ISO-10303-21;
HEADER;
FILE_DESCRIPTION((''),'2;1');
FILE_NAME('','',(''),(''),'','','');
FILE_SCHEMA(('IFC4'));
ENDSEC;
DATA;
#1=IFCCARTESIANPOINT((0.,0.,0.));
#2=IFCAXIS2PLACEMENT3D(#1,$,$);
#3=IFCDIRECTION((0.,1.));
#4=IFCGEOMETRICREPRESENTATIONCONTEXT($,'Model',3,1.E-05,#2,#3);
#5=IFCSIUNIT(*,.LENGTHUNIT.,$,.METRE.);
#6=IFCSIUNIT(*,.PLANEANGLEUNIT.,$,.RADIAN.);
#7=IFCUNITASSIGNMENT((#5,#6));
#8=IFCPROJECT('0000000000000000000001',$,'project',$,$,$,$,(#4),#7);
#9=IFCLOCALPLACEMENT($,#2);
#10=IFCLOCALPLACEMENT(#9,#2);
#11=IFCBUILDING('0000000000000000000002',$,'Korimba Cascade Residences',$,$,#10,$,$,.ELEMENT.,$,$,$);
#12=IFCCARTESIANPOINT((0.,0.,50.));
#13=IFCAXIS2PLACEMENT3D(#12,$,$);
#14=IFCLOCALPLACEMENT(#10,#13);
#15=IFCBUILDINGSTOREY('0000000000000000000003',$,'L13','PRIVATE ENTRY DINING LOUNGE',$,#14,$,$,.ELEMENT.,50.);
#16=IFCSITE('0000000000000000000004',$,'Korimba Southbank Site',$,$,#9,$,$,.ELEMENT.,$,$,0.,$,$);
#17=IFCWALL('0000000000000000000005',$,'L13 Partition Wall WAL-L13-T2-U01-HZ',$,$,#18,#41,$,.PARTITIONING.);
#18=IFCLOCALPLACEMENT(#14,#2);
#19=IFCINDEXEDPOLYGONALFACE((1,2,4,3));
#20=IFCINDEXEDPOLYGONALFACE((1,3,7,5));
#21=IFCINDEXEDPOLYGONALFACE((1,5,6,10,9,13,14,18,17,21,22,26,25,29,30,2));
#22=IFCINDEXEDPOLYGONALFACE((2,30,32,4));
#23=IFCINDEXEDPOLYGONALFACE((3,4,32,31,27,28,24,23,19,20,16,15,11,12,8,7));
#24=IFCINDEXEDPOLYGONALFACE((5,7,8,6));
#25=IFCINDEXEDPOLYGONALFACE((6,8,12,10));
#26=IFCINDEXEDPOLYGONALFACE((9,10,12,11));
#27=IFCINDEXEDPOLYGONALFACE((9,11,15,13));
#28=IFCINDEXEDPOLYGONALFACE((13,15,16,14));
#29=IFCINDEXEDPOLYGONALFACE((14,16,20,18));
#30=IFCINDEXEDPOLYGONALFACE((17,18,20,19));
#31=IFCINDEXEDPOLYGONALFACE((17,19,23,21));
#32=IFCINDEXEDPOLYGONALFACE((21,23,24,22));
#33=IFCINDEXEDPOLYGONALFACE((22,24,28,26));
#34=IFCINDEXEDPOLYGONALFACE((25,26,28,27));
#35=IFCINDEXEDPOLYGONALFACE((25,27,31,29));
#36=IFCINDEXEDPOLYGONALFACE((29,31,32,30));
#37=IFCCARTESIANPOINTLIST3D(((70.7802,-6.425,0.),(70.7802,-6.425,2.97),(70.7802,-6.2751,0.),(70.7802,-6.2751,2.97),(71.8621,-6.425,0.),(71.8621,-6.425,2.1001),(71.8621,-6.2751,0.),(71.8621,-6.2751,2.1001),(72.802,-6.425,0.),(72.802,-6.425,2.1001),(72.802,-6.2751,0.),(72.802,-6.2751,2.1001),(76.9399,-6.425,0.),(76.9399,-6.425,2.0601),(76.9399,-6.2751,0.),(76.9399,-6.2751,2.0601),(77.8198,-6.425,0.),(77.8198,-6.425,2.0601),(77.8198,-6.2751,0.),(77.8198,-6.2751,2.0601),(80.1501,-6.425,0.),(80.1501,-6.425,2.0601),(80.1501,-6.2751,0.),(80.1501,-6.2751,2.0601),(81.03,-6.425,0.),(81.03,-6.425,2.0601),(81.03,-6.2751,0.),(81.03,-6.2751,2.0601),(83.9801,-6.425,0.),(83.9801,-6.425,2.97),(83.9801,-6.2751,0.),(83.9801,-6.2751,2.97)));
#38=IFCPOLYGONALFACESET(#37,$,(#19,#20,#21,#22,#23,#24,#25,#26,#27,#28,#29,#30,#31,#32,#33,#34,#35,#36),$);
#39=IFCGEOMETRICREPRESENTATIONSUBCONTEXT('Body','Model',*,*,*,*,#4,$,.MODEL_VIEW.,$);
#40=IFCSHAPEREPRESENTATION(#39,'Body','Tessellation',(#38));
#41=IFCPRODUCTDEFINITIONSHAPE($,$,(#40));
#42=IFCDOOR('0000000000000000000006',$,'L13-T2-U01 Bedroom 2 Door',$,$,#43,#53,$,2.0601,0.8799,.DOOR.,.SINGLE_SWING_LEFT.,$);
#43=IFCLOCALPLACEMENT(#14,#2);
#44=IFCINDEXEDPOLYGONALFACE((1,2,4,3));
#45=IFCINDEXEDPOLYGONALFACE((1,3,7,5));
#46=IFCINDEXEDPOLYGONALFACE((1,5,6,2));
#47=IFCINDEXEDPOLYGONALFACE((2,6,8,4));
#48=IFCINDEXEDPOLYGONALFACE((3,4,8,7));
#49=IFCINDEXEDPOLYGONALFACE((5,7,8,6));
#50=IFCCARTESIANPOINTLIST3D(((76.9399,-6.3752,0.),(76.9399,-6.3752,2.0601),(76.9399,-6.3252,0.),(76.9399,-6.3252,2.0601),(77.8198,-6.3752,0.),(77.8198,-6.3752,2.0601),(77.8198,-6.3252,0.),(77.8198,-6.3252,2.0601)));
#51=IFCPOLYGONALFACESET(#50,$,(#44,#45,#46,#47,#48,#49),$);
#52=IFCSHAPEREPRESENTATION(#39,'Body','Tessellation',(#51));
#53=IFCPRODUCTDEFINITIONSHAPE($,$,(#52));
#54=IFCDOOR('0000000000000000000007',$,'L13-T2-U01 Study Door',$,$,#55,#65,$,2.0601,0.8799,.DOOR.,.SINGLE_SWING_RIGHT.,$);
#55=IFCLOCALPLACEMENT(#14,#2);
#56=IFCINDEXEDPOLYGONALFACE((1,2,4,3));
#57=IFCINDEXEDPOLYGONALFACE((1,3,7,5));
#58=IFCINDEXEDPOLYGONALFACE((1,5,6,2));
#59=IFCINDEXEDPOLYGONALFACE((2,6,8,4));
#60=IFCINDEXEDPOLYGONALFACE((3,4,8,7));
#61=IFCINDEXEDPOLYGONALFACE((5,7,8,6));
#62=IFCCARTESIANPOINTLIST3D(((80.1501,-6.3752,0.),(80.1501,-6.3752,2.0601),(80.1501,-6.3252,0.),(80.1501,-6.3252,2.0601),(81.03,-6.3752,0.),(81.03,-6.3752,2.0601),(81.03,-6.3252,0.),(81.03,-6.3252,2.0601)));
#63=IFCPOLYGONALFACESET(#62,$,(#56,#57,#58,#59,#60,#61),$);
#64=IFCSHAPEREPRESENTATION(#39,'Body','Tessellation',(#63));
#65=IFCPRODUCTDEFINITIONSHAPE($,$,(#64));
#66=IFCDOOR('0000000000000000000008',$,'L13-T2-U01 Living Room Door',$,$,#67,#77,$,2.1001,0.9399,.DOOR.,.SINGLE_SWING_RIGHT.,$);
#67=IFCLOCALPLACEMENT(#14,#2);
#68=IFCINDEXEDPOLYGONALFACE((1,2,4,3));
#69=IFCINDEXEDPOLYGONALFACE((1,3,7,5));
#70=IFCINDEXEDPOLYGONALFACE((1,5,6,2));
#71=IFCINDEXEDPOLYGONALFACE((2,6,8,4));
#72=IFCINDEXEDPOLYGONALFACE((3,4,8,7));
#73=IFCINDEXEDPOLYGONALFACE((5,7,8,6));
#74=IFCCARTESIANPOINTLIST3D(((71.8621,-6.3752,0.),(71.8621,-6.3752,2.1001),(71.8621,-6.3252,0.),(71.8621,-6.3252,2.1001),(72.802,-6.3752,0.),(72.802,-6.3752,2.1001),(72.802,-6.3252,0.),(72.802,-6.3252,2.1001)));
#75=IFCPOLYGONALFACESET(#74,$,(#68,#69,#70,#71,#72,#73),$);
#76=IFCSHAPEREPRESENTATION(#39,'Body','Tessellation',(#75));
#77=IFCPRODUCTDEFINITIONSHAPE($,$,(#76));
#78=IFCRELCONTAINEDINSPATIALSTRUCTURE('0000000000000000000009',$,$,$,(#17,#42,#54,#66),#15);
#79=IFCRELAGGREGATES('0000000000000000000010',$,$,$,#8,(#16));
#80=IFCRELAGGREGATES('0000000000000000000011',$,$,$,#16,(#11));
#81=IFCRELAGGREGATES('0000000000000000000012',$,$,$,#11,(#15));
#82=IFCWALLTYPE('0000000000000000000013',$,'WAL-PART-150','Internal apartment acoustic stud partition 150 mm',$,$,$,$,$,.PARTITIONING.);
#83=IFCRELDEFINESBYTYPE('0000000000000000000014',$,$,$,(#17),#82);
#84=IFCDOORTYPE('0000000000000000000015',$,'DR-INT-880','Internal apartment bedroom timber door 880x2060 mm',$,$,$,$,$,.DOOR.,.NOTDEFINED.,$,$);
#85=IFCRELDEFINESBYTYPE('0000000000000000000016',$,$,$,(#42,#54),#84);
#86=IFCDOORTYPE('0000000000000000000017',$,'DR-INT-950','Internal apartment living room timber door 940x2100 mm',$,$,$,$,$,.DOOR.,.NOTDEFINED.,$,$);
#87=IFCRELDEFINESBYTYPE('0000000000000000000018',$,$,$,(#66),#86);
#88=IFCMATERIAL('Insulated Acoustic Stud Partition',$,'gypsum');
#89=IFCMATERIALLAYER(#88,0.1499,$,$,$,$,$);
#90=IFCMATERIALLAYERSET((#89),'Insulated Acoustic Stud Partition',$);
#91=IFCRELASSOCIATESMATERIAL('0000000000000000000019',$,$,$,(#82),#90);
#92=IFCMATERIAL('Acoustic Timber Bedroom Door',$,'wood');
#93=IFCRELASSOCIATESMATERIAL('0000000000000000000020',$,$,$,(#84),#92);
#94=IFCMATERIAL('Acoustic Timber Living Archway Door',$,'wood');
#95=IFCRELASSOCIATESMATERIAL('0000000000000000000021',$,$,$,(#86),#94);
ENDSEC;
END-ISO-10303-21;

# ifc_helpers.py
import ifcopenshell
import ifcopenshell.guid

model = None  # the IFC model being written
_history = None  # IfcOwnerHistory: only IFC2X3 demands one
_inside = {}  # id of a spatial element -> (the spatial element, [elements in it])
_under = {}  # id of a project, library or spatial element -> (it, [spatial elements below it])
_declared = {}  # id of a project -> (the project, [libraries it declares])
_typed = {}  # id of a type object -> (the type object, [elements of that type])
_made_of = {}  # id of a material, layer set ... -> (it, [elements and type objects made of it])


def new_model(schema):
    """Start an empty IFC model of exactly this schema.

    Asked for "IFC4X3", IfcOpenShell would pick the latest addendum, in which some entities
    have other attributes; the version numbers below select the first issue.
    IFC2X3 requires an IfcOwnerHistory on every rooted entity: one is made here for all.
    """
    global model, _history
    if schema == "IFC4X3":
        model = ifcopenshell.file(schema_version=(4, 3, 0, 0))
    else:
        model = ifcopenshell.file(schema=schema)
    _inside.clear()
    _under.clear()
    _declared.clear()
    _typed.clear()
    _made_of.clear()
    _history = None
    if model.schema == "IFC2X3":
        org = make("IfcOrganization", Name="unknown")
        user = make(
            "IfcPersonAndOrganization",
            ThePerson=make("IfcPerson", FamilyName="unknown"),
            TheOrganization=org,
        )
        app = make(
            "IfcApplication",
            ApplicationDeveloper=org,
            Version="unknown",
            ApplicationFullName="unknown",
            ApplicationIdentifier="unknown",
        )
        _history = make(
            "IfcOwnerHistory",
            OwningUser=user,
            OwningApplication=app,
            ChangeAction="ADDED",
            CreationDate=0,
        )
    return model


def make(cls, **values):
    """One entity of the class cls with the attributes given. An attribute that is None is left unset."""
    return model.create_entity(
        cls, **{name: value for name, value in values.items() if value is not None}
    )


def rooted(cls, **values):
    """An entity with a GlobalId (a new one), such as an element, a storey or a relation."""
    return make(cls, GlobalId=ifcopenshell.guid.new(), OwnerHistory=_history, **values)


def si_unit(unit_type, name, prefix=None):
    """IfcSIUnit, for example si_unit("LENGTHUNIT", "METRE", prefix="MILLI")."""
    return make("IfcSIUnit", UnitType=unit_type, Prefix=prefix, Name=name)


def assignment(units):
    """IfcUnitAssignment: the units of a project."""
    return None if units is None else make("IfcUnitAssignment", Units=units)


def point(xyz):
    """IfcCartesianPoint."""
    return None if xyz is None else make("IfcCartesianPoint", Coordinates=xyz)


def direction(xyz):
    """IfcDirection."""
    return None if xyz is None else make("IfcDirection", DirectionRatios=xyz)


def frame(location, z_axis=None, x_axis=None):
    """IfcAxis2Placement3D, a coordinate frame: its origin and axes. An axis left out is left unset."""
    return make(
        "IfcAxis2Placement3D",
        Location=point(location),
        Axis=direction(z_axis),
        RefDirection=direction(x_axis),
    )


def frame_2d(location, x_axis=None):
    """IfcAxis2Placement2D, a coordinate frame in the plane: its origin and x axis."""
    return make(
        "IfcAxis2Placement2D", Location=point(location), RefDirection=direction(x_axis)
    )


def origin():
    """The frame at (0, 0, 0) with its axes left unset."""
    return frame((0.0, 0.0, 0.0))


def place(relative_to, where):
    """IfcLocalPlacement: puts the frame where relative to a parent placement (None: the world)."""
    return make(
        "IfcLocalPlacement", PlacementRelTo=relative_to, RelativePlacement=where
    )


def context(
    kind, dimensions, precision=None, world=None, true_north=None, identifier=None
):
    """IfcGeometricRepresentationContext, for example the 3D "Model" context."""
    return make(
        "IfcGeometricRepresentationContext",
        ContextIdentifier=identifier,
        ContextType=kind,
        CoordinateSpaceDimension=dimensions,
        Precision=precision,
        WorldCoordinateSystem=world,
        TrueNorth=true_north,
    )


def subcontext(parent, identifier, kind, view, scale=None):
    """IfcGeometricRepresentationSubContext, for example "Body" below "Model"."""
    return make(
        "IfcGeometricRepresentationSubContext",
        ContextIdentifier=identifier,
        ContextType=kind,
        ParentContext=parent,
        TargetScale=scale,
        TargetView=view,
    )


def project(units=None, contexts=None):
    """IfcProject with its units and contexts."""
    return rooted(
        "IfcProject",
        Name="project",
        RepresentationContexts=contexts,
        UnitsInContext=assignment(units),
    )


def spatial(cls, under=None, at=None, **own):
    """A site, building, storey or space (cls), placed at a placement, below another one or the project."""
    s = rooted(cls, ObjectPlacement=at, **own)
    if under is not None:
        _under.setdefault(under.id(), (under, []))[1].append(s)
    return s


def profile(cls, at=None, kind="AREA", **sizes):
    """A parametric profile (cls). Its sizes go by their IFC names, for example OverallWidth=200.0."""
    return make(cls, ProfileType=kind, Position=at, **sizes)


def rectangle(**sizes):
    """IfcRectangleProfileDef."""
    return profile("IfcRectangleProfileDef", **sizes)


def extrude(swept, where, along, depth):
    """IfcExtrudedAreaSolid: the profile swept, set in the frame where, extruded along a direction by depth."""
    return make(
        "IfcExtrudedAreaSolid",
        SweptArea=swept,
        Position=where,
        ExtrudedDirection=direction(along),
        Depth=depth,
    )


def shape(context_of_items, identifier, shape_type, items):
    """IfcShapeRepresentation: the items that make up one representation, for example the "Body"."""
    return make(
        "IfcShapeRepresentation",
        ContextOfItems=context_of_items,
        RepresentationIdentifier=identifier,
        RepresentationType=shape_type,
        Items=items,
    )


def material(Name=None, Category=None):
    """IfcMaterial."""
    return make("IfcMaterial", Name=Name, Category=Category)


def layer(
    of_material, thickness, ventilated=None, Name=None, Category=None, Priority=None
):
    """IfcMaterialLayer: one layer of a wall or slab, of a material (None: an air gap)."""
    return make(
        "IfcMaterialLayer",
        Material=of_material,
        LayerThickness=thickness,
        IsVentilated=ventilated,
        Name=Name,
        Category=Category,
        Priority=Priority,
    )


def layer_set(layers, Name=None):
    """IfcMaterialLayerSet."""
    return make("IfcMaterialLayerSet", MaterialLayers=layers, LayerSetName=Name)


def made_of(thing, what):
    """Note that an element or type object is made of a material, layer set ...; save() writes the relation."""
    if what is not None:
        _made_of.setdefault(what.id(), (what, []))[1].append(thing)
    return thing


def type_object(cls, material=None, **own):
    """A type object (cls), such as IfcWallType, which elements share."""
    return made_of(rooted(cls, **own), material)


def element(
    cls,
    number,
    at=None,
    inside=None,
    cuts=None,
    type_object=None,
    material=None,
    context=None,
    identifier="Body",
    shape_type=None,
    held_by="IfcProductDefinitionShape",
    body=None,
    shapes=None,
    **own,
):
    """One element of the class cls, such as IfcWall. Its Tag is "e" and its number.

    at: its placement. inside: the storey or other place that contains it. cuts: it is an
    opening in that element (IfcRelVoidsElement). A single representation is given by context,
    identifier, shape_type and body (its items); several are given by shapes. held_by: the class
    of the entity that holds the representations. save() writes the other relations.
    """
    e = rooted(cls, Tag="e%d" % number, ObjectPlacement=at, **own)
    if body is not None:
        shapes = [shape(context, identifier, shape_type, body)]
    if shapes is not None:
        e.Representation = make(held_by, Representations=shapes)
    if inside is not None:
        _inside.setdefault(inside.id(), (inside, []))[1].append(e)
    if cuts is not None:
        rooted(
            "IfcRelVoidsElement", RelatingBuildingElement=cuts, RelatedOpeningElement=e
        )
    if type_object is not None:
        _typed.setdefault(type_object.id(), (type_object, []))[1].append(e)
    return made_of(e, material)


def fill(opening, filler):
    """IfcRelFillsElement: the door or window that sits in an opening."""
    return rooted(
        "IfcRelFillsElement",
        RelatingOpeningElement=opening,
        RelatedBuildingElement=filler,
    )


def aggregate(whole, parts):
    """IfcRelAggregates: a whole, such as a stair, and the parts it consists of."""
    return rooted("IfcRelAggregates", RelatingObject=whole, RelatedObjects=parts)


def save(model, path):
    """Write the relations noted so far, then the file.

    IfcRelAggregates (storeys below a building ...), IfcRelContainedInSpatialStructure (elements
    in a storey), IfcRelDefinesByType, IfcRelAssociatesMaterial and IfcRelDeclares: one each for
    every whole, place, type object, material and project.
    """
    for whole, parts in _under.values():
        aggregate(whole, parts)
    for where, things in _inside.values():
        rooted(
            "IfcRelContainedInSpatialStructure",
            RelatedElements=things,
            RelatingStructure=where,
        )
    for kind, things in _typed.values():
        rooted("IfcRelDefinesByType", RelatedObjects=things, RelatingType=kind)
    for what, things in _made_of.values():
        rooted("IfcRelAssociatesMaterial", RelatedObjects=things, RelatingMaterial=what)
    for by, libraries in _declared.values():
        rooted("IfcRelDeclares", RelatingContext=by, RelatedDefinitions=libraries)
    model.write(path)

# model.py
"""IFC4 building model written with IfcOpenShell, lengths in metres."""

from ifc_helpers import new_model, si_unit, direction, frame, frame_2d, origin, place, context, subcontext, project, spatial, rectangle, extrude, material, layer, layer_set, type_object, element, fill, save


model = new_model("IFC4")

# Units and contexts
model_context = context("Model", 3, precision=1e-05, world=origin(), true_north=direction((0.0, 1.0)))
body_context = subcontext(model_context, "Body", "Model", "MODEL_VIEW")
ifc_project = project(units=[si_unit("LENGTHUNIT", "METRE"), si_unit("PLANEANGLEUNIT", "RADIAN")], contexts=[model_context])

# Site, building, storey
site_placement = place(None, origin())
site = spatial("IfcSite", under=ifc_project, at=site_placement, Name="Korimba Southbank Site", CompositionType="ELEMENT", RefElevation=0.0)
building_placement = place(site_placement, origin())
building = spatial("IfcBuilding", under=site, at=building_placement, Name="Korimba Cascade Residences", CompositionType="ELEMENT")
storey_placement = place(building_placement, frame((0.0, 0.0, 50.0)))
storey = spatial("IfcBuildingStorey", under=building, at=storey_placement, Name="L13", Description="PRIVATE ENTRY DINING LOUNGE", CompositionType="ELEMENT", Elevation=50.0)

# Wall, openings, doors
ifc_material_1 = material(Name="Insulated Acoustic Stud Partition", Category="gypsum")
ifc_layer_1 = layer(ifc_material_1, 0.1499)
ifc_layer_set_1 = layer_set([ifc_layer_1], Name="Insulated Acoustic Stud Partition")
wall_type_1 = type_object("IfcWallType", Name="WAL-PART-150", Description="Internal apartment acoustic stud partition 150 mm", PredefinedType="PARTITIONING", material=ifc_layer_set_1)
wall_1_placement = place(storey_placement, frame((70.78, -6.3501, 0.0), z_axis=(0.0, 0.0, 1.0), x_axis=(1.0, 0.0, 0.0)))
wall_1 = element("IfcWall", 1, at=wall_1_placement, inside=storey, type_object=wall_type_1, Name="L13 Partition Wall WAL-L13-T2-U01-HZ", PredefinedType="PARTITIONING", context=body_context, shape_type="SweptSolid", body=[
    extrude(rectangle(XDim=13.2, YDim=0.1499, at=frame_2d((6.6001, 0.0))), origin(), (0.0, 0.0, 1.0), 2.97),
])
opening_1_placement = place(wall_1_placement, frame((1.082, 0.0, 0.0)))
opening_1 = element("IfcOpeningElement", 2, at=opening_1_placement, cuts=wall_1, PredefinedType="OPENING", context=body_context, shape_type="SweptSolid", body=[
    extrude(rectangle(XDim=0.9399, YDim=2.1001, at=frame_2d((0.47, 1.05))), frame((0.0, 0.085, 0.0), z_axis=(0.0, -1.0, 0.0), x_axis=(1.0, 0.0, 0.0)), (0.0, 0.0, 1.0), 0.1699),
])
opening_2_placement = place(wall_1_placement, frame((6.1599, 0.0, 0.0)))
opening_2 = element("IfcOpeningElement", 3, at=opening_2_placement, cuts=wall_1, PredefinedType="OPENING", context=body_context, shape_type="SweptSolid", body=[
    extrude(rectangle(XDim=0.8799, YDim=2.0601, at=frame_2d((0.4399, 1.03))), frame((0.0, 0.085, 0.0), z_axis=(0.0, -1.0, 0.0), x_axis=(1.0, 0.0, 0.0)), (0.0, 0.0, 1.0), 0.1699),
])
opening_3_placement = place(wall_1_placement, frame((9.3701, 0.0, 0.0)))
opening_3 = element("IfcOpeningElement", 4, at=opening_3_placement, cuts=wall_1, PredefinedType="OPENING", context=body_context, shape_type="SweptSolid", body=[
    extrude(rectangle(XDim=0.8799, YDim=2.0601, at=frame_2d((0.4399, 1.03))), frame((0.0, 0.085, 0.0), z_axis=(0.0, -1.0, 0.0), x_axis=(1.0, 0.0, 0.0)), (0.0, 0.0, 1.0), 0.1699),
])
ifc_material_2 = material(Name="Acoustic Timber Bedroom Door", Category="wood")
door_type_1 = type_object("IfcDoorType", Name="DR-INT-880", Description="Internal apartment bedroom timber door 880x2060 mm", OperationType="NOTDEFINED", PredefinedType="DOOR", material=ifc_material_2)
door_1_placement = place(opening_2_placement, origin())
door_1 = element("IfcDoor", 5, at=door_1_placement, inside=storey, type_object=door_type_1, Name="L13-T2-U01 Bedroom 2 Door", OperationType="SINGLE_SWING_LEFT", OverallHeight=2.0601, OverallWidth=0.8799, PredefinedType="DOOR", context=body_context, shape_type="SweptSolid", body=[
    extrude(rectangle(XDim=0.8799, YDim=2.0601, at=frame_2d((0.4399, 1.03))), frame((0.0, 0.0249, 0.0), z_axis=(0.0, -1.0, 0.0), x_axis=(1.0, 0.0, 0.0)), (0.0, 0.0, 1.0), 0.05),
])
fill(opening_2, door_1)
door_2_placement = place(opening_3_placement, origin())
door_2 = element("IfcDoor", 6, at=door_2_placement, inside=storey, type_object=door_type_1, Name="L13-T2-U01 Study Door", OperationType="SINGLE_SWING_RIGHT", OverallHeight=2.0601, OverallWidth=0.8799, PredefinedType="DOOR", context=body_context, shape_type="SweptSolid", body=[
    extrude(rectangle(XDim=0.8799, YDim=2.0601, at=frame_2d((0.4399, 1.03))), frame((0.0, 0.0249, 0.0), z_axis=(0.0, -1.0, 0.0), x_axis=(1.0, 0.0, 0.0)), (0.0, 0.0, 1.0), 0.05),
])
fill(opening_3, door_2)
ifc_material_3 = material(Name="Acoustic Timber Living Archway Door", Category="wood")
door_type_2 = type_object("IfcDoorType", Name="DR-INT-950", Description="Internal apartment living room timber door 940x2100 mm", OperationType="NOTDEFINED", PredefinedType="DOOR", material=ifc_material_3)
door_3_placement = place(opening_1_placement, origin())
door_3 = element("IfcDoor", 7, at=door_3_placement, inside=storey, type_object=door_type_2, Name="L13-T2-U01 Living Room Door", OperationType="SINGLE_SWING_RIGHT", OverallHeight=2.1001, OverallWidth=0.9399, PredefinedType="DOOR", context=body_context, shape_type="SweptSolid", body=[
    extrude(rectangle(XDim=0.9399, YDim=2.1001, at=frame_2d((0.47, 1.05))), frame((0.0, 0.0249, 0.0), z_axis=(0.0, -1.0, 0.0), x_axis=(1.0, 0.0, 0.0)), (0.0, 0.0, 1.0), 0.05),
])
fill(opening_1, door_3)

save(model, "model.ifc")
